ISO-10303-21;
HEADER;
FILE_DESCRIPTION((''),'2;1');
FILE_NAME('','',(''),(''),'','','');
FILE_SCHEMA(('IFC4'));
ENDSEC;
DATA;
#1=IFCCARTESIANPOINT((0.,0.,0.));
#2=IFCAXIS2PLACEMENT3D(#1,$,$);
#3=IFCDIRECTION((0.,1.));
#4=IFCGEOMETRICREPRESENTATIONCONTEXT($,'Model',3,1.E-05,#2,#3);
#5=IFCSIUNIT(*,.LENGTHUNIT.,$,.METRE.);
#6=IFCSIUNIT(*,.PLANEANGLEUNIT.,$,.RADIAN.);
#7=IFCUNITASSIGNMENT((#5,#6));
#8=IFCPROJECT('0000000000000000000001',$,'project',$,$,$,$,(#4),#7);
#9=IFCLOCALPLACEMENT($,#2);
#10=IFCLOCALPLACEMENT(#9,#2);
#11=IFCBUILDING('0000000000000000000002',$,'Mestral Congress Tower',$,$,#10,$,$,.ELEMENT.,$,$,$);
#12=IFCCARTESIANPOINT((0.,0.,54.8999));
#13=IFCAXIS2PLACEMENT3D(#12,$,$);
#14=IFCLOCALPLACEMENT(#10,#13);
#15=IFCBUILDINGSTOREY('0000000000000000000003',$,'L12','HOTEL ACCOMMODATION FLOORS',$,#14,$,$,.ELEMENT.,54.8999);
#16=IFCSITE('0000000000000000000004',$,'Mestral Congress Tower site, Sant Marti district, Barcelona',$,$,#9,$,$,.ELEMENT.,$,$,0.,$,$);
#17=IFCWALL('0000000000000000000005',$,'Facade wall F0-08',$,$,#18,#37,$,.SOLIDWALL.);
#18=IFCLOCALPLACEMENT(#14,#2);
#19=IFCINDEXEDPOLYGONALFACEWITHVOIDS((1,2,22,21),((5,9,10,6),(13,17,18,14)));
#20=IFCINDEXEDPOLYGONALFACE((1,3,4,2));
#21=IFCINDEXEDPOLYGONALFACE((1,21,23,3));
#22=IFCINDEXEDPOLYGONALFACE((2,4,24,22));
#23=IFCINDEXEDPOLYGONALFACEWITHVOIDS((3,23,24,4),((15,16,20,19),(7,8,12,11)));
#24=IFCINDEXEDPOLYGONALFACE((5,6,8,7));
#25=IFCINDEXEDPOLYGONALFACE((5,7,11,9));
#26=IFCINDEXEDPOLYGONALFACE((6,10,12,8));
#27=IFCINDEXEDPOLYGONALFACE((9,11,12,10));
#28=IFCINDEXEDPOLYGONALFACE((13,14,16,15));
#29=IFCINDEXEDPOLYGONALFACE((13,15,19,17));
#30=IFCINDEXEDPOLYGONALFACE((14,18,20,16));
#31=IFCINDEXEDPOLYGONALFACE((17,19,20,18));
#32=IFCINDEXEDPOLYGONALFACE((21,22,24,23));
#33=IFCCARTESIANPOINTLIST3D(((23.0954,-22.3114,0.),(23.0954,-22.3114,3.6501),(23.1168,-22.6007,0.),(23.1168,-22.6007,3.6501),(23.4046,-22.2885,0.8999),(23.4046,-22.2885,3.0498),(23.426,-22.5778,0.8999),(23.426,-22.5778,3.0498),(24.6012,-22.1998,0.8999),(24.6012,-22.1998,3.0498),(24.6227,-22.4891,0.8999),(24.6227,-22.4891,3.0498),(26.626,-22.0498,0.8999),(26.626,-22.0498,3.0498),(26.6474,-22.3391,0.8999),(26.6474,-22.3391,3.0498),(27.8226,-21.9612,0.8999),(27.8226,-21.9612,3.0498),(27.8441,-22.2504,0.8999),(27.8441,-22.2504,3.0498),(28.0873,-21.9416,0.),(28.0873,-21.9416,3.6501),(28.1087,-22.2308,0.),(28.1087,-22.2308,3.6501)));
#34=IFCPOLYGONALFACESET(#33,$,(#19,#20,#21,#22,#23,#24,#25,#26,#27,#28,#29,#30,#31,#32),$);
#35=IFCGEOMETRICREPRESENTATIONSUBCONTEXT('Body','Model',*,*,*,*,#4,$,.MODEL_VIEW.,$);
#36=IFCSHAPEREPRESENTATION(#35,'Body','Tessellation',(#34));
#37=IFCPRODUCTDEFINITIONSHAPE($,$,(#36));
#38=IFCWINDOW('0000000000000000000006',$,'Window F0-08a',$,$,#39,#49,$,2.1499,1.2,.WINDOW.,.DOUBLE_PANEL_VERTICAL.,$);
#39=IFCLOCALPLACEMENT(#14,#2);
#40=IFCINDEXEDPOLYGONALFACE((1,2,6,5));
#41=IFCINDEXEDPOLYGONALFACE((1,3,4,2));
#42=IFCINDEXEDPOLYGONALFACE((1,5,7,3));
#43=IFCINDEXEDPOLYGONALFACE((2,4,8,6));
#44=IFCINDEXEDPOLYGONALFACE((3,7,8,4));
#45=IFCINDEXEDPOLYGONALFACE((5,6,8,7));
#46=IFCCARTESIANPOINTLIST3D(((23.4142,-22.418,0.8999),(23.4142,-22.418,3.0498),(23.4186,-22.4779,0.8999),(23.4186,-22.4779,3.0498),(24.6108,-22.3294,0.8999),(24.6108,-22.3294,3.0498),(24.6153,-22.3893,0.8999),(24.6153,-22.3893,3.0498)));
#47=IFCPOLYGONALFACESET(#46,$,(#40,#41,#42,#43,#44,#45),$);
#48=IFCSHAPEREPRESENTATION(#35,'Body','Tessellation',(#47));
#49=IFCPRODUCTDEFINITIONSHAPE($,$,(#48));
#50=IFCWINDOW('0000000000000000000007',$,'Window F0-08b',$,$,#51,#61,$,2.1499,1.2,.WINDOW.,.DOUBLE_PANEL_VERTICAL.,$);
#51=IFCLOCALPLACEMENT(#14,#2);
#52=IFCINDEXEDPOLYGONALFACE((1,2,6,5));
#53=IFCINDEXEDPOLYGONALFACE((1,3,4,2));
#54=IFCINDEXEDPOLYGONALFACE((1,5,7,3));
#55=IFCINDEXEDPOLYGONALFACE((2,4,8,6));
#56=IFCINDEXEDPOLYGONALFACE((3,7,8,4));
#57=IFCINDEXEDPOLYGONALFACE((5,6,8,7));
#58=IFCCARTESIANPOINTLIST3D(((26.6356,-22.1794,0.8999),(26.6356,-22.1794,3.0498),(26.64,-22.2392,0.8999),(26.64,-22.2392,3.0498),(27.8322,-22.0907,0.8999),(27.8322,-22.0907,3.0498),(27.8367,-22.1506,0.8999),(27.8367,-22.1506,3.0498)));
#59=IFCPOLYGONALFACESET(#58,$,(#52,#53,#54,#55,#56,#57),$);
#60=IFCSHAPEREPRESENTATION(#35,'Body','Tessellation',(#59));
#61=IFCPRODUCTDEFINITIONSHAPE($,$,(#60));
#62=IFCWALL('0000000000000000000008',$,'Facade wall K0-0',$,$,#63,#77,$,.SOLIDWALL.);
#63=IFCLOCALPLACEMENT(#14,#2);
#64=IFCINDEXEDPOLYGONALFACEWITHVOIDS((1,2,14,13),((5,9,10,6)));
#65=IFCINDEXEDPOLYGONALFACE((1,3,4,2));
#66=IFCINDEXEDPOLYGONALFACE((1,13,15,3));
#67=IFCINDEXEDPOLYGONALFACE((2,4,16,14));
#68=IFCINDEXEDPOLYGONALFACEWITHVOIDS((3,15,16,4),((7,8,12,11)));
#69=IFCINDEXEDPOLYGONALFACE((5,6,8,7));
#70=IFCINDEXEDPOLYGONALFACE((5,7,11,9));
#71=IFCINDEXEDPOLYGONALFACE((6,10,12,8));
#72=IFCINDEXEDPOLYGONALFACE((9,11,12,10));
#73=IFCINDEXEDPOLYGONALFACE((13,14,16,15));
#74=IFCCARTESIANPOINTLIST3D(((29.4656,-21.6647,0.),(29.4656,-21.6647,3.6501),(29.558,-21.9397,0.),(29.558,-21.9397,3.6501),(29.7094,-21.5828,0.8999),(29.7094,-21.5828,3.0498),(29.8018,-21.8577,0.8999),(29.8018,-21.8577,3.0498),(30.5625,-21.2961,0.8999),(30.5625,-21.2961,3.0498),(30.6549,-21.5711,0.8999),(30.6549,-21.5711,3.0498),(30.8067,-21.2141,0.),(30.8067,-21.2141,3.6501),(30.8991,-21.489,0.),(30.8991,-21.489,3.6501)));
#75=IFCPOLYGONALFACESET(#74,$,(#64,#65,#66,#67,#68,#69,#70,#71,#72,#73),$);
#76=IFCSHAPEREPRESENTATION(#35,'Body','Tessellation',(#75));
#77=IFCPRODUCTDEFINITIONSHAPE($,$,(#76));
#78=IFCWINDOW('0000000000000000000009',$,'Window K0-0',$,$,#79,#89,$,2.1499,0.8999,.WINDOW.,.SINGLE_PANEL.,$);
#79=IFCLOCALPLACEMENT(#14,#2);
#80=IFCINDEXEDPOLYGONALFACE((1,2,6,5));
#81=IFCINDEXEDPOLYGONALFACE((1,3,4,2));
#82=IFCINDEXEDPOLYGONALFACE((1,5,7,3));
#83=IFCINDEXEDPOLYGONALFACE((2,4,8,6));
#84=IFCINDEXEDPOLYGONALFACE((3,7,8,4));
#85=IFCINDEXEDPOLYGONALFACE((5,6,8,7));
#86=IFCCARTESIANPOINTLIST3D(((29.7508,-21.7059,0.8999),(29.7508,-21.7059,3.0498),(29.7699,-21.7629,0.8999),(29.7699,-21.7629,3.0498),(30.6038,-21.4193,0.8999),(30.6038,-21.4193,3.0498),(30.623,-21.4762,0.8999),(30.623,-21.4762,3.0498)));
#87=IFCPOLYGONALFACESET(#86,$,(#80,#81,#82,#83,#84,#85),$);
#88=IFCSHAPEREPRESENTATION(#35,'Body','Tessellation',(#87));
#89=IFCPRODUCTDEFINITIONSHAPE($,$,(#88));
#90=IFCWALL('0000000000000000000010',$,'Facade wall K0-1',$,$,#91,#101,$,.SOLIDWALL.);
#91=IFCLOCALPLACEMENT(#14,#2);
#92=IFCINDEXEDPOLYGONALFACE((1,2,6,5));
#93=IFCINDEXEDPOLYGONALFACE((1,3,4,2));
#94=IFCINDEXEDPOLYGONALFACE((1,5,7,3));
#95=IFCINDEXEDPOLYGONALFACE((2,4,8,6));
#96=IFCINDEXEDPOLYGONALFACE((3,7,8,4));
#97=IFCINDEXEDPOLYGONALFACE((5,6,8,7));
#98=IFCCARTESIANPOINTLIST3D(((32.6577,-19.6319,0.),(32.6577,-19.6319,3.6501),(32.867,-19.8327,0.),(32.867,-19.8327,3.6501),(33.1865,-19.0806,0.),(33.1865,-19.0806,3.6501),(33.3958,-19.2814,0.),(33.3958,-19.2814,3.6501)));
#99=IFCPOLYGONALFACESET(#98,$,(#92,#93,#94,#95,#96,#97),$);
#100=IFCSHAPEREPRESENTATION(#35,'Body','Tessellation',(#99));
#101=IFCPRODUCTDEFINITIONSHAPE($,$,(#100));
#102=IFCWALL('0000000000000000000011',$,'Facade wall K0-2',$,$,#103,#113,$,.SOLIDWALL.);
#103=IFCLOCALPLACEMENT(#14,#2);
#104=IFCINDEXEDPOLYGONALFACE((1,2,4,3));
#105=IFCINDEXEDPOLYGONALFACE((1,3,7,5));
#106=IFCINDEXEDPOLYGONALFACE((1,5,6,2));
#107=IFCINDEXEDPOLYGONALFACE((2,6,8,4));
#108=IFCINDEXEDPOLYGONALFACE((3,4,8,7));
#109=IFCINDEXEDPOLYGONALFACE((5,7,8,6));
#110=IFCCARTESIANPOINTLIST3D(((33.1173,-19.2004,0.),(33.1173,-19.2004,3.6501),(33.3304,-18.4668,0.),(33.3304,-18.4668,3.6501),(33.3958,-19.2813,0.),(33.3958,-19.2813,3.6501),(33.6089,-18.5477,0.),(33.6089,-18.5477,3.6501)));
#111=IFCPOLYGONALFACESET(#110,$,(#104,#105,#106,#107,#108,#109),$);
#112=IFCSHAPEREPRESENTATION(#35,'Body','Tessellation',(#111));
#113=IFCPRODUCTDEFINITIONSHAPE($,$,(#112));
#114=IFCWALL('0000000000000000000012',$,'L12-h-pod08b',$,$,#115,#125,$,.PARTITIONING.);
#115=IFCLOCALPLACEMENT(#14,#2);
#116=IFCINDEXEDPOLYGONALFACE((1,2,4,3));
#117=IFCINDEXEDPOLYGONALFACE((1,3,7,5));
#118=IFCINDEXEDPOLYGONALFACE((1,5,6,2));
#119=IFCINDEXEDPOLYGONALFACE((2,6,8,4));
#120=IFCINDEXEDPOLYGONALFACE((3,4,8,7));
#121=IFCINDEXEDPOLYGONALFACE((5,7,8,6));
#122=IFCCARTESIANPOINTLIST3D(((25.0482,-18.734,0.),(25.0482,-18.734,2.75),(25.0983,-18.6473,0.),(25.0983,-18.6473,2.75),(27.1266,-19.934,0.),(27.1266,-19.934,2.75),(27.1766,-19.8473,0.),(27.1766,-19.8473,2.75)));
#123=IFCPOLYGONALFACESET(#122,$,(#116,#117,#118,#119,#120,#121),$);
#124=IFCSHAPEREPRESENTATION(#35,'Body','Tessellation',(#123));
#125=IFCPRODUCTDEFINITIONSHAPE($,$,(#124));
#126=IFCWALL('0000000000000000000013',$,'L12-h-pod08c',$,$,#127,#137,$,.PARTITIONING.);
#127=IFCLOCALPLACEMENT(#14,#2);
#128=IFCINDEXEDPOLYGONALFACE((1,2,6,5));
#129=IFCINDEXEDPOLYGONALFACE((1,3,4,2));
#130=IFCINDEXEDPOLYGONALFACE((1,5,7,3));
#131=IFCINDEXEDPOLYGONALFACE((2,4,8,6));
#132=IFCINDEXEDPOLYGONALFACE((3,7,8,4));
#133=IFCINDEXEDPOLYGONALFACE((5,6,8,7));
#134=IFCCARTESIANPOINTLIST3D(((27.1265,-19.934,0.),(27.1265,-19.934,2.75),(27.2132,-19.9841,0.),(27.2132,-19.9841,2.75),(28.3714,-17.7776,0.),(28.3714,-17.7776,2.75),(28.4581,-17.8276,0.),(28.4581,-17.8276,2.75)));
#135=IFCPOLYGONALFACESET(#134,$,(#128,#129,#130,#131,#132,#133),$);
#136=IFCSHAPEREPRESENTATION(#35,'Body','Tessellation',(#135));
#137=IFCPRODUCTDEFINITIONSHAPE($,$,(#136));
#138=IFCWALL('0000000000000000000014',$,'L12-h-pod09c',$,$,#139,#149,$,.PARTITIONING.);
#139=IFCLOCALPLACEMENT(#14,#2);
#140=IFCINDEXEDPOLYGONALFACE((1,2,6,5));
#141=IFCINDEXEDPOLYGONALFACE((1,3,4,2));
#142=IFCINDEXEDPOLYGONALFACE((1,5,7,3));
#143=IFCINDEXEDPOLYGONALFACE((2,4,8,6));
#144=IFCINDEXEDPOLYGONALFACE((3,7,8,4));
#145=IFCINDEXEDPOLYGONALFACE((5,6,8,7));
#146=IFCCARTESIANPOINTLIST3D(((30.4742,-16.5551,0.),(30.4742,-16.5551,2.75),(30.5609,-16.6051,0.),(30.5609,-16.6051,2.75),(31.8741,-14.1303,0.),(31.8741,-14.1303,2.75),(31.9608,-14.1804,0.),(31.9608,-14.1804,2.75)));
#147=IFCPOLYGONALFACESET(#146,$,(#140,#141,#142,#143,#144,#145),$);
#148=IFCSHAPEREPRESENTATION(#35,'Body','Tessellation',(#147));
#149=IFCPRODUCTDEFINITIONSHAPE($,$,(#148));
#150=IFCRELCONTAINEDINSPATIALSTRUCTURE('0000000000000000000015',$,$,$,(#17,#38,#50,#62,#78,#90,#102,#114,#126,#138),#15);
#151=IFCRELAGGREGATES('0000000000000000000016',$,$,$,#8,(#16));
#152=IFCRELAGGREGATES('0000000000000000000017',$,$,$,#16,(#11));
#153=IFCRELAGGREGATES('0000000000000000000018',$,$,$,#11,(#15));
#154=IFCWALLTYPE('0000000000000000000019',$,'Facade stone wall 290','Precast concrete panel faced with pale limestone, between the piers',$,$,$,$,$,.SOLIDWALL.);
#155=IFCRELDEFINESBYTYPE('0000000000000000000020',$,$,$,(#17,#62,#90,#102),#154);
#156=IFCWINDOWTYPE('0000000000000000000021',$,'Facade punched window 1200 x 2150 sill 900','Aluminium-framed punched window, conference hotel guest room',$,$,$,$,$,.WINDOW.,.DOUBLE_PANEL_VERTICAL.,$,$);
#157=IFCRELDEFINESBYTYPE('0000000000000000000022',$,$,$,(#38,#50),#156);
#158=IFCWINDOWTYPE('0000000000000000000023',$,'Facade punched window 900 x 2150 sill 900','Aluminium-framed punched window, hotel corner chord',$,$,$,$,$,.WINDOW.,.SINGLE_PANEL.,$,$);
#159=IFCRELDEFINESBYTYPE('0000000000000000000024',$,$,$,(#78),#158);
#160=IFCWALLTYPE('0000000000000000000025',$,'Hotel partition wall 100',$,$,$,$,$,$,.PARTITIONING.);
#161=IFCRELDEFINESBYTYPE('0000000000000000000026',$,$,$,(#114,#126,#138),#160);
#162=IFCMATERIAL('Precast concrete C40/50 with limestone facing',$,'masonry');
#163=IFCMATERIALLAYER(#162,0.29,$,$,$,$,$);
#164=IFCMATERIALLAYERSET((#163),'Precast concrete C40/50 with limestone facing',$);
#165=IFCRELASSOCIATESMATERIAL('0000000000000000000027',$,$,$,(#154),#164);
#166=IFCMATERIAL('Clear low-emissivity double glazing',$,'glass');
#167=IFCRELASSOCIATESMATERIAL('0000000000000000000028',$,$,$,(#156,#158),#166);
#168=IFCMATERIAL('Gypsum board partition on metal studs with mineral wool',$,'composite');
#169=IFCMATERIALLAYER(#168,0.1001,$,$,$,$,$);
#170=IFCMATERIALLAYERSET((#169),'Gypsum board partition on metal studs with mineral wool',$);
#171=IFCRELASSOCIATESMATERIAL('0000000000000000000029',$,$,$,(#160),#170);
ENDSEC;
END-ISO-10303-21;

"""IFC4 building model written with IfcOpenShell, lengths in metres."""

from ifc_helpers import new_model, si_unit, direction, frame, frame_2d, origin, place, context, subcontext, project, spatial, rectangle, extrude, material, layer, layer_set, type_object, element, fill, save


model = new_model("IFC4")

# Units and contexts
model_context = context("Model", 3, precision=1e-05, world=origin(), true_north=direction((0.0, 1.0)))
body_context = subcontext(model_context, "Body", "Model", "MODEL_VIEW")
ifc_project = project(units=[si_unit("LENGTHUNIT", "METRE"), si_unit("PLANEANGLEUNIT", "RADIAN")], contexts=[model_context])

# Site, building, storey
site_placement = place(None, origin())
site = spatial("IfcSite", under=ifc_project, at=site_placement, Name="Mestral Congress Tower site, Sant Marti district, Barcelona", CompositionType="ELEMENT", RefElevation=0.0)
building_placement = place(site_placement, origin())
building = spatial("IfcBuilding", under=site, at=building_placement, Name="Mestral Congress Tower", CompositionType="ELEMENT")
storey_placement = place(building_placement, frame((0.0, 0.0, 54.8999)))
storey = spatial("IfcBuildingStorey", under=building, at=storey_placement, Name="L12", Description="HOTEL ACCOMMODATION FLOORS", CompositionType="ELEMENT", Elevation=54.8999)

# Wall, openings, windows
ifc_material_1 = material(Name="Precast concrete C40/50 with limestone facing", Category="masonry")
ifc_layer_1 = layer(ifc_material_1, 0.29)
ifc_layer_set_1 = layer_set([ifc_layer_1], Name="Precast concrete C40/50 with limestone facing")
wall_type_1 = type_object("IfcWallType", Name="Facade stone wall 290", Description="Precast concrete panel faced with pale limestone, between the piers", PredefinedType="SOLIDWALL", material=ifc_layer_set_1)
ifc_material_2 = material(Name="Clear low-emissivity double glazing", Category="glass")
window_type_1 = type_object("IfcWindowType", Name="Facade punched window 1200 x 2150 sill 900", Description="Aluminium-framed punched window, conference hotel guest room", PartitioningType="DOUBLE_PANEL_VERTICAL", PredefinedType="WINDOW", material=ifc_material_2)
wall_1_placement = place(storey_placement, frame((23.106, -22.4561, 0.0), z_axis=(0.0, 0.0, 1.0), x_axis=(0.997266, 0.073891, 0.0)))
wall_1 = element("IfcWall", 1, at=wall_1_placement, inside=storey, type_object=wall_type_1, Name="Facade wall F0-08", PredefinedType="SOLIDWALL", context=body_context, shape_type="SweptSolid", body=[
    extrude(rectangle(XDim=5.0056, YDim=0.29, at=frame_2d((2.5029, 0.0))), origin(), (0.0, 0.0, 1.0), 3.6501),
])
opening_1_placement = place(wall_1_placement, frame((0.3101, 0.0, 0.8999)))
opening_1 = element("IfcOpeningElement", 2, at=opening_1_placement, cuts=wall_1, PredefinedType="OPENING", context=body_context, shape_type="SweptSolid", body=[
    extrude(rectangle(XDim=1.2, YDim=2.1499, at=frame_2d((0.6001, 1.075))), frame((0.0, 0.155, 0.0), z_axis=(0.0, -1.0, 0.0), x_axis=(1.0, 0.0, 0.0)), (0.0, 0.0, 1.0), 0.3101),
])
opening_2_placement = place(wall_1_placement, frame((3.5403, 0.0, 0.8999)))
opening_2 = element("IfcOpeningElement", 3, at=opening_2_placement, cuts=wall_1, PredefinedType="OPENING", context=body_context, shape_type="SweptSolid", body=[
    extrude(rectangle(XDim=1.2, YDim=2.1499, at=frame_2d((0.6001, 1.075))), frame((0.0, 0.155, 0.0), z_axis=(0.0, -1.0, 0.0), x_axis=(1.0, 0.0, 0.0)), (0.0, 0.0, 1.0), 0.3101),
])
window_1_placement = place(opening_1_placement, origin())
window_1 = element("IfcWindow", 4, at=window_1_placement, inside=storey, type_object=window_type_1, Name="Window F0-08a", OverallHeight=2.1499, OverallWidth=1.2, PartitioningType="DOUBLE_PANEL_VERTICAL", PredefinedType="WINDOW", context=body_context, shape_type="SweptSolid", body=[
    extrude(rectangle(XDim=1.2, YDim=2.1499, at=frame_2d((0.6001, 1.075))), frame((0.0, 0.0151, 0.0), z_axis=(0.0, -1.0, 0.0), x_axis=(1.0, 0.0, 0.0)), (0.0, 0.0, 1.0), 0.0601),
])
fill(opening_1, window_1)
window_2_placement = place(opening_2_placement, origin())
window_2 = element("IfcWindow", 5, at=window_2_placement, inside=storey, type_object=window_type_1, Name="Window F0-08b", OverallHeight=2.1499, OverallWidth=1.2, PartitioningType="DOUBLE_PANEL_VERTICAL", PredefinedType="WINDOW", context=body_context, shape_type="SweptSolid", body=[
    extrude(rectangle(XDim=1.2, YDim=2.1499, at=frame_2d((0.6001, 1.075))), frame((0.0, 0.0151, 0.0), z_axis=(0.0, -1.0, 0.0), x_axis=(1.0, 0.0, 0.0)), (0.0, 0.0, 1.0), 0.0601),
])
fill(opening_2, window_2)

# Wall, opening, window
wall_2_placement = place(storey_placement, frame((29.5117, -21.8022, 0.0), z_axis=(0.0, 0.0, 1.0), x_axis=(0.947904, 0.318556, 0.0)))
wall_2 = element("IfcWall", 6, at=wall_2_placement, inside=storey, type_object=wall_type_1, Name="Facade wall K0-0", PredefinedType="SOLIDWALL", context=body_context, shape_type="SweptSolid", body=[
    extrude(rectangle(XDim=1.4148, YDim=0.29, at=frame_2d((0.7075, 0.0))), origin(), (0.0, 0.0, 1.0), 3.6501),
])
opening_3_placement = place(wall_2_placement, frame((0.2573, 0.0, 0.8999)))
opening_3 = element("IfcOpeningElement", 7, at=opening_3_placement, cuts=wall_2, PredefinedType="OPENING", context=body_context, shape_type="SweptSolid", body=[
    extrude(rectangle(XDim=0.8999, YDim=2.1499, at=frame_2d((0.45, 1.075))), frame((0.0, 0.155, 0.0), z_axis=(0.0, -1.0, 0.0), x_axis=(1.0, 0.0, 0.0)), (0.0, 0.0, 1.0), 0.3101),
])
window_type_2 = type_object("IfcWindowType", Name="Facade punched window 900 x 2150 sill 900", Description="Aluminium-framed punched window, hotel corner chord", PartitioningType="SINGLE_PANEL", PredefinedType="WINDOW", material=ifc_material_2)
window_3_placement = place(opening_3_placement, origin())
window_3 = element("IfcWindow", 8, at=window_3_placement, inside=storey, type_object=window_type_2, Name="Window K0-0", OverallHeight=2.1499, OverallWidth=0.8999, PartitioningType="SINGLE_PANEL", PredefinedType="WINDOW", context=body_context, shape_type="SweptSolid", body=[
    extrude(rectangle(XDim=0.8999, YDim=2.1499, at=frame_2d((0.45, 1.075))), frame((0.0, 0.0151, 0.0), z_axis=(0.0, -1.0, 0.0), x_axis=(1.0, 0.0, 0.0)), (0.0, 0.0, 1.0), 0.0601),
])
fill(opening_3, window_3)

# Walls
for number, where, z_axis, x_axis, name in (
    (9, (32.7625, -19.7322, 0.0), (0.0, 0.0, 1.0), (0.692252, 0.721656, 0.0), "Facade wall K0-1"),
    (10, (33.2566, -19.2407, 0.0), (0.0, 0.0, 1.0), (0.278981, 0.960297, 0.0), "Facade wall K0-2"),
):
    element("IfcWall", number, at=place(storey_placement, frame(where, z_axis=z_axis, x_axis=x_axis)), inside=storey, type_object=wall_type_1, Name=name, PredefinedType="SOLIDWALL", context=body_context, shape_type="SweptSolid", body=[
        extrude(rectangle(XDim=0.7639, YDim=0.29, at=frame_2d((0.3818, 0.0))), origin(), (0.0, 0.0, 1.0), 3.6501),
    ])
ifc_material_3 = material(Name="Gypsum board partition on metal studs with mineral wool", Category="composite")
ifc_layer_2 = layer(ifc_material_3, 0.1001)
ifc_layer_set_2 = layer_set([ifc_layer_2], Name="Gypsum board partition on metal studs with mineral wool")
wall_type_2 = type_object("IfcWallType", Name="Hotel partition wall 100", PredefinedType="PARTITIONING", material=ifc_layer_set_2)
wall_3_placement = place(storey_placement, frame((25.0732, -18.6907, 0.0), z_axis=(0.0, 0.0, 1.0), x_axis=(0.866025, -0.500001, 0.0)))
element("IfcWall", 11, at=wall_3_placement, inside=storey, type_object=wall_type_2, Name="L12-h-pod08b", PredefinedType="PARTITIONING", context=body_context, shape_type="SweptSolid", body=[
    extrude(rectangle(XDim=2.3999, YDim=0.1001, at=frame_2d((1.2, 0.0))), origin(), (0.0, 0.0, 1.0), 2.75),
])
wall_4_placement = place(storey_placement, frame((28.4148, -17.8025, 0.0), z_axis=(0.0, 0.0, 1.0), x_axis=(-0.499946, -0.866057, 0.0)))
element("IfcWall", 12, at=wall_4_placement, inside=storey, type_object=wall_type_2, Name="L12-h-pod08c", PredefinedType="PARTITIONING", context=body_context, shape_type="SweptSolid", body=[
    extrude(rectangle(XDim=2.49, YDim=0.1001, at=frame_2d((1.2451, 0.0))), origin(), (0.0, 0.0, 1.0), 2.75),
])
wall_5_placement = place(storey_placement, frame((30.5176, -16.5801, 0.0), z_axis=(0.0, 0.0, 1.0), x_axis=(0.499984, 0.866035, 0.0)))
element("IfcWall", 13, at=wall_5_placement, inside=storey, type_object=wall_type_2, Name="L12-h-pod09c", PredefinedType="PARTITIONING", context=body_context, shape_type="SweptSolid", body=[
    extrude(rectangle(XDim=2.7998, YDim=0.1001, at=frame_2d((1.3999, 0.0))), origin(), (0.0, 0.0, 1.0), 2.75),
])

save(model, "model.ifc")
